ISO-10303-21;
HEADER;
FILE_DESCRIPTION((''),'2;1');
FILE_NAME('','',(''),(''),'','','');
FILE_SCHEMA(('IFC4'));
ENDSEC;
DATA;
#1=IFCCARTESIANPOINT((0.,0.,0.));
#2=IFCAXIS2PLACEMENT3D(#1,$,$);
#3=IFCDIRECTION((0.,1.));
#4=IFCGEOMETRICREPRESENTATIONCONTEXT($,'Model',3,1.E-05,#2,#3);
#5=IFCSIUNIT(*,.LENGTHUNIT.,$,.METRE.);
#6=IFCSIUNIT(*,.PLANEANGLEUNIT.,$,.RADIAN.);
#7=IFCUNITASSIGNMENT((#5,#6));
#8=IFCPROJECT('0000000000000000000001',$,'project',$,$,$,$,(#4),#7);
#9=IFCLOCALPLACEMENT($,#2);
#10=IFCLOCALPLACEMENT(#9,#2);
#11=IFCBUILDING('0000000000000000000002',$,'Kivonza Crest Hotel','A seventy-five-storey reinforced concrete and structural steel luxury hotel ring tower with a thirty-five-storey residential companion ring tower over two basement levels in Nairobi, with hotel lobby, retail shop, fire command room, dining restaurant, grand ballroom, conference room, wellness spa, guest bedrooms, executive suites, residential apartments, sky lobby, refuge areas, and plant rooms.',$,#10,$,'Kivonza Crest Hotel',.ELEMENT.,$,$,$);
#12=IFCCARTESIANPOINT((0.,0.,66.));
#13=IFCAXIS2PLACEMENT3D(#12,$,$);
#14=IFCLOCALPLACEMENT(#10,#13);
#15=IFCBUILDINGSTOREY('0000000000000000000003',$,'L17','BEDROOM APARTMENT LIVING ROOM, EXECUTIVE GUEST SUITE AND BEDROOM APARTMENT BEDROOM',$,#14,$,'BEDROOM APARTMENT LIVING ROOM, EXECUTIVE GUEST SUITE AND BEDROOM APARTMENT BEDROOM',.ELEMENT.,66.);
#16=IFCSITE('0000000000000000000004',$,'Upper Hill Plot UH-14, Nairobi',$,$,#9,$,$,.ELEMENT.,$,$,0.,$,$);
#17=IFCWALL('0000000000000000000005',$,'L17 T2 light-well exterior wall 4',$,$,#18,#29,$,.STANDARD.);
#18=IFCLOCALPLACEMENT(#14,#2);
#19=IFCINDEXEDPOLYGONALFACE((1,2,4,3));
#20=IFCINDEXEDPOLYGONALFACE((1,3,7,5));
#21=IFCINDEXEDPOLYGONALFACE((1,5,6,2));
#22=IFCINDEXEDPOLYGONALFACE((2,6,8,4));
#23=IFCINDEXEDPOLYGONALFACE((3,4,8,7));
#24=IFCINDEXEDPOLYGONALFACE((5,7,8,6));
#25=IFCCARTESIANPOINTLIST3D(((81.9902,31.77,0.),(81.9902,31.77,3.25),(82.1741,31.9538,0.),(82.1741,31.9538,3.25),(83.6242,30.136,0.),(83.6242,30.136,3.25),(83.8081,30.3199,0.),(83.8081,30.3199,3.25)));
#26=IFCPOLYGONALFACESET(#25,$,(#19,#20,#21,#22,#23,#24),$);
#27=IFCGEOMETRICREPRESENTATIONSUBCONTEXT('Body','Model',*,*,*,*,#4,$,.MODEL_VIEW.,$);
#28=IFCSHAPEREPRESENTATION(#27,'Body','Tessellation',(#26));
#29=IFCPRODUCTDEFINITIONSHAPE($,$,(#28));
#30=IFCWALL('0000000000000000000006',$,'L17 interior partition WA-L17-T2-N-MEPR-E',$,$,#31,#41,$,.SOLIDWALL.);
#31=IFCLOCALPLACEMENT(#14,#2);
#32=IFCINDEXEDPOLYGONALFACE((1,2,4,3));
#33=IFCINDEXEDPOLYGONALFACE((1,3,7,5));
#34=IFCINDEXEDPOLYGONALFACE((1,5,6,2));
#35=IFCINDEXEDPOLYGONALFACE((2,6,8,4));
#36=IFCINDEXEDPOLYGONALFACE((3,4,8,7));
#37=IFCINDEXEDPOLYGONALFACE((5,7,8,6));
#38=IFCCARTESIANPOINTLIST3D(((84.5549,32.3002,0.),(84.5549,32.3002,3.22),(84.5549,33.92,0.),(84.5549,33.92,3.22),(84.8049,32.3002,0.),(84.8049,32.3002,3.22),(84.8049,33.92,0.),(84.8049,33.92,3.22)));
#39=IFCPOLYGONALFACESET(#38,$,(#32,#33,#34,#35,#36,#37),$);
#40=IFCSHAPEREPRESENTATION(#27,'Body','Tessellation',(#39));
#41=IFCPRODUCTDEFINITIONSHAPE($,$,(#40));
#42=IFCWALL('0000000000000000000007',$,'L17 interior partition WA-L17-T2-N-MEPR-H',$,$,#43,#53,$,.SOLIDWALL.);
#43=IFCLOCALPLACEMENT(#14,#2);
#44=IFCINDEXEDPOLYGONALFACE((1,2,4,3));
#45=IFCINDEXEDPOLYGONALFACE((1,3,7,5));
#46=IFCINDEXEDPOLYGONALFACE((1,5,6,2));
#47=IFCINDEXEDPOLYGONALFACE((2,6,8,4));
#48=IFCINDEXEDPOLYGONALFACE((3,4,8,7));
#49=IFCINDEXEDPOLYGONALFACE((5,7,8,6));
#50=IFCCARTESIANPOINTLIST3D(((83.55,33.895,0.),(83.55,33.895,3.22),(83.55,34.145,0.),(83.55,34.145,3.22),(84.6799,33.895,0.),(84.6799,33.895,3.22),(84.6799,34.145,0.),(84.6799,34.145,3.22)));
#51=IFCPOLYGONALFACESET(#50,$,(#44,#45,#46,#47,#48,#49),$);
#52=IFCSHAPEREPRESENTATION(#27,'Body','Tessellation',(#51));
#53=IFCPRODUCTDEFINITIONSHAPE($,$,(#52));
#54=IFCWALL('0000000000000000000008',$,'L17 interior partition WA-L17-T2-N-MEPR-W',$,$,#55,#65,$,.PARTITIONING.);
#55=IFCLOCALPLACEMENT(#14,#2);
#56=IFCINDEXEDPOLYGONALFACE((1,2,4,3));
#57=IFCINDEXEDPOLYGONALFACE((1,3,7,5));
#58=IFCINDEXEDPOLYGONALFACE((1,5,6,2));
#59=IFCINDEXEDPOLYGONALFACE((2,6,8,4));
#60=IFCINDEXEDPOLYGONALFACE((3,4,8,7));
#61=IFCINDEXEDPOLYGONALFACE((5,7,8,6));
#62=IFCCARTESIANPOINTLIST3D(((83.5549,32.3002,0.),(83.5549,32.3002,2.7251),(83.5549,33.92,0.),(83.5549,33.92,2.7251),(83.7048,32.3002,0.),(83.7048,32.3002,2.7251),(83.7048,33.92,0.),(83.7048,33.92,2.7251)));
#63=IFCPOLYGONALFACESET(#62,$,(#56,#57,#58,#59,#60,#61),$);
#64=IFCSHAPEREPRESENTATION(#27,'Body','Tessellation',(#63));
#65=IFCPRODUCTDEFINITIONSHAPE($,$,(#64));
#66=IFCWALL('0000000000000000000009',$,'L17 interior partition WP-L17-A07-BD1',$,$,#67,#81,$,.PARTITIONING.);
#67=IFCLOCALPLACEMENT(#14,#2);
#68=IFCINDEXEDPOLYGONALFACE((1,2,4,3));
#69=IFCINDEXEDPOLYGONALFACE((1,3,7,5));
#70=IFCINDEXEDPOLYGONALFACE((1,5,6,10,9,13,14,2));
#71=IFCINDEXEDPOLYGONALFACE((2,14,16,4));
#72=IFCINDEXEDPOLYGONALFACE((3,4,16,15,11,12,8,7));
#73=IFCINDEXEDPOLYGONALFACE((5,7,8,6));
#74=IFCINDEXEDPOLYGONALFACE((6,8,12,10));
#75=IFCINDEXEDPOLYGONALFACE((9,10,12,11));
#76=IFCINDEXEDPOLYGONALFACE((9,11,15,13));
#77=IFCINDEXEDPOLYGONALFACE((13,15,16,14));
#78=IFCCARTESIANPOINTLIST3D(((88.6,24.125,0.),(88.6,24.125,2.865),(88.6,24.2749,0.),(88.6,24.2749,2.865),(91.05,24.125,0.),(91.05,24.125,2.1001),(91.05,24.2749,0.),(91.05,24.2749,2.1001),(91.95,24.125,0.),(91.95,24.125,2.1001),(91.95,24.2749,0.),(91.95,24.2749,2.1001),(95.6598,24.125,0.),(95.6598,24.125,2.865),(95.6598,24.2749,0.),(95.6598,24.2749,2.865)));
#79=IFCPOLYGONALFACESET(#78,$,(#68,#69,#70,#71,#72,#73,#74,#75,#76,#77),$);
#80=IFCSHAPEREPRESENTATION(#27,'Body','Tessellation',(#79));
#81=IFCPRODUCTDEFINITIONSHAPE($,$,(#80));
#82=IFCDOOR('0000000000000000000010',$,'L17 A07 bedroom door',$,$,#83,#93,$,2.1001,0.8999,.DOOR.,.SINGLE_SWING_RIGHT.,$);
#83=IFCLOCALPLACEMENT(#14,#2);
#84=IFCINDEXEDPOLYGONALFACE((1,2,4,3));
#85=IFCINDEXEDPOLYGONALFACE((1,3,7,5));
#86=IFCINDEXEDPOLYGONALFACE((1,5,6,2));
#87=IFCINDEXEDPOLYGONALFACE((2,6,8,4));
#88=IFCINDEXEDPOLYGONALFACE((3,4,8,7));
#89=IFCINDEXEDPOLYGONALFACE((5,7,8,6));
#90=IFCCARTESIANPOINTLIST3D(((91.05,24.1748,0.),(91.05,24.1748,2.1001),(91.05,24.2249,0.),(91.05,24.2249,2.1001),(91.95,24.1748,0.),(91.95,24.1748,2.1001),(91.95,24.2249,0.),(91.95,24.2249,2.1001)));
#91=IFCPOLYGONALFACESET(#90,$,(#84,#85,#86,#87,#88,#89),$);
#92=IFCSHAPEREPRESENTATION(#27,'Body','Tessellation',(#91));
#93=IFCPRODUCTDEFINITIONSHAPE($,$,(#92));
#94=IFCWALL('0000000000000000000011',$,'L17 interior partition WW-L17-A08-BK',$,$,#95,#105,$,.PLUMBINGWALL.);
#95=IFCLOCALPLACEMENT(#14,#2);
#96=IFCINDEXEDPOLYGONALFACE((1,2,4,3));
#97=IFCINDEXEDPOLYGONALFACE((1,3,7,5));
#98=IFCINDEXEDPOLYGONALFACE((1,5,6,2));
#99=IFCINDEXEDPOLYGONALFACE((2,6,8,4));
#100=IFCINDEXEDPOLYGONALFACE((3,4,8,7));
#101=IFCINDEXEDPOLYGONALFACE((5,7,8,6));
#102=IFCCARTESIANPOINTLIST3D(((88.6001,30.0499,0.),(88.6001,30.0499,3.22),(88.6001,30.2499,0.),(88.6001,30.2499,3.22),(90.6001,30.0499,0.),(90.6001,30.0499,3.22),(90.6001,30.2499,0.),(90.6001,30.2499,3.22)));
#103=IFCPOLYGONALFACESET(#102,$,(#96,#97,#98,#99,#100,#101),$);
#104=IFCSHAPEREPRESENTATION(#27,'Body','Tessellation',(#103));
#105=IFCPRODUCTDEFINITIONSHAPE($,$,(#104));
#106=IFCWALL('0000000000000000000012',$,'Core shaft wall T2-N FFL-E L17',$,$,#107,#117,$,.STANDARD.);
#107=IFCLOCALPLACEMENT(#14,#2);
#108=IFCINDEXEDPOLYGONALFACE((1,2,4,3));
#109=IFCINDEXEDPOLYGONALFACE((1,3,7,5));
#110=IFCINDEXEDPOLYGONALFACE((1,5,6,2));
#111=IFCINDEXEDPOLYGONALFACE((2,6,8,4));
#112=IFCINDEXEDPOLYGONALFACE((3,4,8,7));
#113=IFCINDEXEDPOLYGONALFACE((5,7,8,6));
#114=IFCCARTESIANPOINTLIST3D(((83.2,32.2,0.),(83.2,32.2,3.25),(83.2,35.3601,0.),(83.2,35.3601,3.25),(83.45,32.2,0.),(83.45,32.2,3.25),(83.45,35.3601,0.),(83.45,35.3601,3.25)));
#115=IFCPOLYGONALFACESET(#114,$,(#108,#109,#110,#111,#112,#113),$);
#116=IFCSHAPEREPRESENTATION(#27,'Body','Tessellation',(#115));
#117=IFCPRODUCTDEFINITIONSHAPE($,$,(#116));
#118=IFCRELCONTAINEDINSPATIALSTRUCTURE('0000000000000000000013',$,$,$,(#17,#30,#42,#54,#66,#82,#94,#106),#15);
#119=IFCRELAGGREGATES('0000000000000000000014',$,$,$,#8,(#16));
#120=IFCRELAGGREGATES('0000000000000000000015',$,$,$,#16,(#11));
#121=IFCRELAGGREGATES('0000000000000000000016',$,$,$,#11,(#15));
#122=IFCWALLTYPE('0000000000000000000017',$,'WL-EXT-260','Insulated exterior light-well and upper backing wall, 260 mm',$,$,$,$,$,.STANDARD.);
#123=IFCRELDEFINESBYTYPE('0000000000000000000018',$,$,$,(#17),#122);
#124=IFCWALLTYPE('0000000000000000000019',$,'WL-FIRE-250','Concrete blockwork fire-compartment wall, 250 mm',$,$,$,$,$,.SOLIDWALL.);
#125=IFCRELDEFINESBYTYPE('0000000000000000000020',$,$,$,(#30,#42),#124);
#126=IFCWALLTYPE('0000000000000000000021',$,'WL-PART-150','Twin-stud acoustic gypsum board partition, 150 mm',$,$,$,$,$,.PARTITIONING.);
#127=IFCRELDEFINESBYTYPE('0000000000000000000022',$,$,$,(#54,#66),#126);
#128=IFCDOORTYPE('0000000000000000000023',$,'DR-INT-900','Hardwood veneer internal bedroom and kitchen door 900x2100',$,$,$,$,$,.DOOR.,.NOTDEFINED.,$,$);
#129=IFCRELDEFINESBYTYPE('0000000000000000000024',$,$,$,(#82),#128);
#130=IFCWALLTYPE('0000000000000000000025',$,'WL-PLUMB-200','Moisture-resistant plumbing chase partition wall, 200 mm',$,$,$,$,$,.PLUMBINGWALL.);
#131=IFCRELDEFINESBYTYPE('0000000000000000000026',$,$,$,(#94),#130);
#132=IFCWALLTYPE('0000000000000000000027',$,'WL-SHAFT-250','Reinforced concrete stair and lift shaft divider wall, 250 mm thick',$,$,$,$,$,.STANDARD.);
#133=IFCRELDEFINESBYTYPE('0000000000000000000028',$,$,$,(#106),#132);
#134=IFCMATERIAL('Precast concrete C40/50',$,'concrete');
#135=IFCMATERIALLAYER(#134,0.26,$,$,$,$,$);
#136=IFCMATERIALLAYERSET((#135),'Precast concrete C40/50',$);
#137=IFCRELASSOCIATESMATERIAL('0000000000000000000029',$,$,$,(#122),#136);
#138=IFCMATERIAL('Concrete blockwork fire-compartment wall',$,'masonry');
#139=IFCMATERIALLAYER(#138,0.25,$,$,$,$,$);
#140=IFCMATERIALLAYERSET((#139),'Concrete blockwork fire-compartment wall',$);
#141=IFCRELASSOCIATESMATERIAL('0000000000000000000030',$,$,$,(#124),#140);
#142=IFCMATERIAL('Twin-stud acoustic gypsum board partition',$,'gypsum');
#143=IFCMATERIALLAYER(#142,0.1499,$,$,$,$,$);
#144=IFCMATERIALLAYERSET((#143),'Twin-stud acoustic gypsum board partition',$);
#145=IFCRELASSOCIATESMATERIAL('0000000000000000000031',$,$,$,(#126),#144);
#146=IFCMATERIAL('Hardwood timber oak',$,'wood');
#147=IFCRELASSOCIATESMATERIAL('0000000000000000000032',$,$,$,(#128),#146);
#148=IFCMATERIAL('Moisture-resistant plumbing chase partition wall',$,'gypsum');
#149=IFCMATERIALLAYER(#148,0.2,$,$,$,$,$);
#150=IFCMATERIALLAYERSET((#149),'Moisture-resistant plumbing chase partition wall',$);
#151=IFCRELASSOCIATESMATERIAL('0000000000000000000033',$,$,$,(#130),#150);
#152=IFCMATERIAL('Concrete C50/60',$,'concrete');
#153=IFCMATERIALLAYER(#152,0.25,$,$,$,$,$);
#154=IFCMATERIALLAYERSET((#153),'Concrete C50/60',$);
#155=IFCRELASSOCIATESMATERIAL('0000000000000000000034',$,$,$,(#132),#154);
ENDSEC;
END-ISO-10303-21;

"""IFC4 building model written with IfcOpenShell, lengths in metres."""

from ifc_helpers import new_model, si_unit, direction, frame, frame_2d, origin, place, context, subcontext, project, spatial, rectangle, extrude, material, layer, layer_set, type_object, element, fill, save


model = new_model("IFC4")

# Units and contexts
model_context = context("Model", 3, precision=1e-05, world=origin(), true_north=direction((0.0, 1.0)))
body_context = subcontext(model_context, "Body", "Model", "MODEL_VIEW")
ifc_project = project(units=[si_unit("LENGTHUNIT", "METRE"), si_unit("PLANEANGLEUNIT", "RADIAN")], contexts=[model_context])

# Site, building, storey
site_placement = place(None, origin())
site = spatial("IfcSite", under=ifc_project, at=site_placement, Name="Upper Hill Plot UH-14, Nairobi", CompositionType="ELEMENT", RefElevation=0.0)
building_placement = place(site_placement, origin())
building = spatial("IfcBuilding", under=site, at=building_placement, Name="Kivonza Crest Hotel", Description="A seventy-five-storey reinforced concrete and structural steel luxury hotel ring tower with a thirty-five-storey residential companion ring tower over two basement levels in Nairobi, with hotel lobby, retail shop, fire command room, dining restaurant, grand ballroom, conference room, wellness spa, guest bedrooms, executive suites, residential apartments, sky lobby, refuge areas, and plant rooms.", LongName="Kivonza Crest Hotel", CompositionType="ELEMENT")
storey_placement = place(building_placement, frame((0.0, 0.0, 66.0)))
storey = spatial("IfcBuildingStorey", under=building, at=storey_placement, Name="L17", Description="BEDROOM APARTMENT LIVING ROOM, EXECUTIVE GUEST SUITE AND BEDROOM APARTMENT BEDROOM", LongName="BEDROOM APARTMENT LIVING ROOM, EXECUTIVE GUEST SUITE AND BEDROOM APARTMENT BEDROOM", CompositionType="ELEMENT", Elevation=66.0)

# Shared definitions
ifc_material_1 = material(Name="Concrete C50/60", Category="concrete")

# Shared definitions
ifc_material_2 = material(Name="Hardwood timber oak", Category="wood")

# Walls
ifc_material_3 = material(Name="Precast concrete C40/50", Category="concrete")
ifc_layer_1 = layer(ifc_material_3, 0.26)
ifc_layer_set_1 = layer_set([ifc_layer_1], Name="Precast concrete C40/50")
wall_type_1 = type_object("IfcWallType", Name="WL-EXT-260", Description="Insulated exterior light-well and upper backing wall, 260 mm", PredefinedType="STANDARD", material=ifc_layer_set_1)
wall_1_placement = place(storey_placement, frame((83.7161, 30.228, 0.0), z_axis=(0.0, 0.0, 1.0), x_axis=(-0.707107, 0.707107, 0.0)))
element("IfcWall", 1, at=wall_1_placement, inside=storey, type_object=wall_type_1, Name="L17 T2 light-well exterior wall 4", PredefinedType="STANDARD", context=body_context, shape_type="SweptSolid", body=[
    extrude(rectangle(XDim=2.3108, YDim=0.26, at=frame_2d((1.1553, 0.0))), origin(), (0.0, 0.0, 1.0), 3.25),
])
ifc_material_4 = material(Name="Concrete blockwork fire-compartment wall", Category="masonry")
ifc_layer_2 = layer(ifc_material_4, 0.25)
ifc_layer_set_2 = layer_set([ifc_layer_2], Name="Concrete blockwork fire-compartment wall")
wall_type_2 = type_object("IfcWallType", Name="WL-FIRE-250", Description="Concrete blockwork fire-compartment wall, 250 mm", PredefinedType="SOLIDWALL", material=ifc_layer_set_2)
wall_2_placement = place(storey_placement, frame((84.6799, 32.3, 0.0), z_axis=(0.0, 0.0, 1.0), x_axis=(0.0, 1.0, 0.0)))
element("IfcWall", 2, at=wall_2_placement, inside=storey, type_object=wall_type_2, Name="L17 interior partition WA-L17-T2-N-MEPR-E", PredefinedType="SOLIDWALL", context=body_context, shape_type="SweptSolid", body=[
    extrude(rectangle(XDim=1.6199, YDim=0.25, at=frame_2d((0.8101, 0.0))), origin(), (0.0, 0.0, 1.0), 3.22),
])
wall_3_placement = place(storey_placement, frame((83.55, 34.02, 0.0), z_axis=(0.0, 0.0, 1.0), x_axis=(1.0, 0.0, 0.0)))
element("IfcWall", 3, at=wall_3_placement, inside=storey, type_object=wall_type_2, Name="L17 interior partition WA-L17-T2-N-MEPR-H", PredefinedType="SOLIDWALL", context=body_context, shape_type="SweptSolid", body=[
    extrude(rectangle(XDim=1.1299, YDim=0.25, at=frame_2d((0.5649, 0.0))), origin(), (0.0, 0.0, 1.0), 3.22),
])
ifc_material_5 = material(Name="Twin-stud acoustic gypsum board partition", Category="gypsum")
ifc_layer_3 = layer(ifc_material_5, 0.1499)
ifc_layer_set_3 = layer_set([ifc_layer_3], Name="Twin-stud acoustic gypsum board partition")
wall_type_3 = type_object("IfcWallType", Name="WL-PART-150", Description="Twin-stud acoustic gypsum board partition, 150 mm", PredefinedType="PARTITIONING", material=ifc_layer_set_3)
wall_4_placement = place(storey_placement, frame((83.6299, 32.3, 0.0), z_axis=(0.0, 0.0, 1.0), x_axis=(0.0, 1.0, 0.0)))
element("IfcWall", 4, at=wall_4_placement, inside=storey, type_object=wall_type_3, Name="L17 interior partition WA-L17-T2-N-MEPR-W", PredefinedType="PARTITIONING", context=body_context, shape_type="SweptSolid", body=[
    extrude(rectangle(XDim=1.6199, YDim=0.1499, at=frame_2d((0.8101, 0.0))), origin(), (0.0, 0.0, 1.0), 2.7251),
])

# Wall, opening, door
wall_5_placement = place(storey_placement, frame((88.6001, 24.2, 0.0), z_axis=(0.0, 0.0, 1.0), x_axis=(1.0, 0.0, 0.0)))
wall_5 = element("IfcWall", 5, at=wall_5_placement, inside=storey, type_object=wall_type_3, Name="L17 interior partition WP-L17-A07-BD1", PredefinedType="PARTITIONING", context=body_context, shape_type="SweptSolid", body=[
    extrude(rectangle(XDim=7.0598, YDim=0.1499, at=frame_2d((3.5298, 0.0))), origin(), (0.0, 0.0, 1.0), 2.865),
])
opening_1_placement = place(wall_5_placement, frame((2.45, 0.0, 0.0)))
opening_1 = element("IfcOpeningElement", 6, at=opening_1_placement, cuts=wall_5, PredefinedType="OPENING", context=body_context, shape_type="SweptSolid", body=[
    extrude(rectangle(XDim=0.8999, YDim=2.1001, at=frame_2d((0.45, 1.05))), frame((0.0, 0.085, 0.0), z_axis=(0.0, -1.0, 0.0), x_axis=(1.0, 0.0, 0.0)), (0.0, 0.0, 1.0), 0.1699),
])
door_type_1 = type_object("IfcDoorType", Name="DR-INT-900", Description="Hardwood veneer internal bedroom and kitchen door 900x2100", OperationType="NOTDEFINED", PredefinedType="DOOR", material=ifc_material_2)
door_1_placement = place(opening_1_placement, origin())
door_1 = element("IfcDoor", 7, at=door_1_placement, inside=storey, type_object=door_type_1, Name="L17 A07 bedroom door", OperationType="SINGLE_SWING_RIGHT", OverallHeight=2.1001, OverallWidth=0.8999, PredefinedType="DOOR", context=body_context, shape_type="SweptSolid", body=[
    extrude(rectangle(XDim=0.8999, YDim=2.1001, at=frame_2d((0.45, 1.05))), frame((0.0, 0.0249, 0.0), z_axis=(0.0, -1.0, 0.0), x_axis=(1.0, 0.0, 0.0)), (0.0, 0.0, 1.0), 0.05),
])
fill(opening_1, door_1)

# Wall
ifc_material_6 = material(Name="Moisture-resistant plumbing chase partition wall", Category="gypsum")
ifc_layer_4 = layer(ifc_material_6, 0.2)
ifc_layer_set_4 = layer_set([ifc_layer_4], Name="Moisture-resistant plumbing chase partition wall")
wall_type_4 = type_object("IfcWallType", Name="WL-PLUMB-200", Description="Moisture-resistant plumbing chase partition wall, 200 mm", PredefinedType="PLUMBINGWALL", material=ifc_layer_set_4)
wall_6_placement = place(storey_placement, frame((88.6001, 30.1499, 0.0), z_axis=(0.0, 0.0, 1.0), x_axis=(1.0, 0.0, 0.0)))
element("IfcWall", 8, at=wall_6_placement, inside=storey, type_object=wall_type_4, Name="L17 interior partition WW-L17-A08-BK", PredefinedType="PLUMBINGWALL", context=body_context, shape_type="SweptSolid", body=[
    extrude(rectangle(XDim=2.0, YDim=0.2, at=frame_2d((1.0, 0.0))), origin(), (0.0, 0.0, 1.0), 3.22),
])

# Shared definitions
ifc_layer_5 = layer(ifc_material_1, 0.25)
ifc_layer_set_5 = layer_set([ifc_layer_5], Name="Concrete C50/60")
wall_type_5 = type_object("IfcWallType", Name="WL-SHAFT-250", Description="Reinforced concrete stair and lift shaft divider wall, 250 mm thick", PredefinedType="STANDARD", material=ifc_layer_set_5)

# Wall
wall_7_placement = place(storey_placement, frame((83.325, 32.2, 0.0), z_axis=(0.0, 0.0, 1.0), x_axis=(0.0, 1.0, 0.0)))
element("IfcWall", 9, at=wall_7_placement, inside=storey, type_object=wall_type_5, Name="Core shaft wall T2-N FFL-E L17", PredefinedType="STANDARD", context=body_context, shape_type="SweptSolid", body=[
    extrude(rectangle(XDim=3.1602, YDim=0.25, at=frame_2d((1.5801, 0.0))), origin(), (0.0, 0.0, 1.0), 3.25),
])

save(model, "model.ifc")
